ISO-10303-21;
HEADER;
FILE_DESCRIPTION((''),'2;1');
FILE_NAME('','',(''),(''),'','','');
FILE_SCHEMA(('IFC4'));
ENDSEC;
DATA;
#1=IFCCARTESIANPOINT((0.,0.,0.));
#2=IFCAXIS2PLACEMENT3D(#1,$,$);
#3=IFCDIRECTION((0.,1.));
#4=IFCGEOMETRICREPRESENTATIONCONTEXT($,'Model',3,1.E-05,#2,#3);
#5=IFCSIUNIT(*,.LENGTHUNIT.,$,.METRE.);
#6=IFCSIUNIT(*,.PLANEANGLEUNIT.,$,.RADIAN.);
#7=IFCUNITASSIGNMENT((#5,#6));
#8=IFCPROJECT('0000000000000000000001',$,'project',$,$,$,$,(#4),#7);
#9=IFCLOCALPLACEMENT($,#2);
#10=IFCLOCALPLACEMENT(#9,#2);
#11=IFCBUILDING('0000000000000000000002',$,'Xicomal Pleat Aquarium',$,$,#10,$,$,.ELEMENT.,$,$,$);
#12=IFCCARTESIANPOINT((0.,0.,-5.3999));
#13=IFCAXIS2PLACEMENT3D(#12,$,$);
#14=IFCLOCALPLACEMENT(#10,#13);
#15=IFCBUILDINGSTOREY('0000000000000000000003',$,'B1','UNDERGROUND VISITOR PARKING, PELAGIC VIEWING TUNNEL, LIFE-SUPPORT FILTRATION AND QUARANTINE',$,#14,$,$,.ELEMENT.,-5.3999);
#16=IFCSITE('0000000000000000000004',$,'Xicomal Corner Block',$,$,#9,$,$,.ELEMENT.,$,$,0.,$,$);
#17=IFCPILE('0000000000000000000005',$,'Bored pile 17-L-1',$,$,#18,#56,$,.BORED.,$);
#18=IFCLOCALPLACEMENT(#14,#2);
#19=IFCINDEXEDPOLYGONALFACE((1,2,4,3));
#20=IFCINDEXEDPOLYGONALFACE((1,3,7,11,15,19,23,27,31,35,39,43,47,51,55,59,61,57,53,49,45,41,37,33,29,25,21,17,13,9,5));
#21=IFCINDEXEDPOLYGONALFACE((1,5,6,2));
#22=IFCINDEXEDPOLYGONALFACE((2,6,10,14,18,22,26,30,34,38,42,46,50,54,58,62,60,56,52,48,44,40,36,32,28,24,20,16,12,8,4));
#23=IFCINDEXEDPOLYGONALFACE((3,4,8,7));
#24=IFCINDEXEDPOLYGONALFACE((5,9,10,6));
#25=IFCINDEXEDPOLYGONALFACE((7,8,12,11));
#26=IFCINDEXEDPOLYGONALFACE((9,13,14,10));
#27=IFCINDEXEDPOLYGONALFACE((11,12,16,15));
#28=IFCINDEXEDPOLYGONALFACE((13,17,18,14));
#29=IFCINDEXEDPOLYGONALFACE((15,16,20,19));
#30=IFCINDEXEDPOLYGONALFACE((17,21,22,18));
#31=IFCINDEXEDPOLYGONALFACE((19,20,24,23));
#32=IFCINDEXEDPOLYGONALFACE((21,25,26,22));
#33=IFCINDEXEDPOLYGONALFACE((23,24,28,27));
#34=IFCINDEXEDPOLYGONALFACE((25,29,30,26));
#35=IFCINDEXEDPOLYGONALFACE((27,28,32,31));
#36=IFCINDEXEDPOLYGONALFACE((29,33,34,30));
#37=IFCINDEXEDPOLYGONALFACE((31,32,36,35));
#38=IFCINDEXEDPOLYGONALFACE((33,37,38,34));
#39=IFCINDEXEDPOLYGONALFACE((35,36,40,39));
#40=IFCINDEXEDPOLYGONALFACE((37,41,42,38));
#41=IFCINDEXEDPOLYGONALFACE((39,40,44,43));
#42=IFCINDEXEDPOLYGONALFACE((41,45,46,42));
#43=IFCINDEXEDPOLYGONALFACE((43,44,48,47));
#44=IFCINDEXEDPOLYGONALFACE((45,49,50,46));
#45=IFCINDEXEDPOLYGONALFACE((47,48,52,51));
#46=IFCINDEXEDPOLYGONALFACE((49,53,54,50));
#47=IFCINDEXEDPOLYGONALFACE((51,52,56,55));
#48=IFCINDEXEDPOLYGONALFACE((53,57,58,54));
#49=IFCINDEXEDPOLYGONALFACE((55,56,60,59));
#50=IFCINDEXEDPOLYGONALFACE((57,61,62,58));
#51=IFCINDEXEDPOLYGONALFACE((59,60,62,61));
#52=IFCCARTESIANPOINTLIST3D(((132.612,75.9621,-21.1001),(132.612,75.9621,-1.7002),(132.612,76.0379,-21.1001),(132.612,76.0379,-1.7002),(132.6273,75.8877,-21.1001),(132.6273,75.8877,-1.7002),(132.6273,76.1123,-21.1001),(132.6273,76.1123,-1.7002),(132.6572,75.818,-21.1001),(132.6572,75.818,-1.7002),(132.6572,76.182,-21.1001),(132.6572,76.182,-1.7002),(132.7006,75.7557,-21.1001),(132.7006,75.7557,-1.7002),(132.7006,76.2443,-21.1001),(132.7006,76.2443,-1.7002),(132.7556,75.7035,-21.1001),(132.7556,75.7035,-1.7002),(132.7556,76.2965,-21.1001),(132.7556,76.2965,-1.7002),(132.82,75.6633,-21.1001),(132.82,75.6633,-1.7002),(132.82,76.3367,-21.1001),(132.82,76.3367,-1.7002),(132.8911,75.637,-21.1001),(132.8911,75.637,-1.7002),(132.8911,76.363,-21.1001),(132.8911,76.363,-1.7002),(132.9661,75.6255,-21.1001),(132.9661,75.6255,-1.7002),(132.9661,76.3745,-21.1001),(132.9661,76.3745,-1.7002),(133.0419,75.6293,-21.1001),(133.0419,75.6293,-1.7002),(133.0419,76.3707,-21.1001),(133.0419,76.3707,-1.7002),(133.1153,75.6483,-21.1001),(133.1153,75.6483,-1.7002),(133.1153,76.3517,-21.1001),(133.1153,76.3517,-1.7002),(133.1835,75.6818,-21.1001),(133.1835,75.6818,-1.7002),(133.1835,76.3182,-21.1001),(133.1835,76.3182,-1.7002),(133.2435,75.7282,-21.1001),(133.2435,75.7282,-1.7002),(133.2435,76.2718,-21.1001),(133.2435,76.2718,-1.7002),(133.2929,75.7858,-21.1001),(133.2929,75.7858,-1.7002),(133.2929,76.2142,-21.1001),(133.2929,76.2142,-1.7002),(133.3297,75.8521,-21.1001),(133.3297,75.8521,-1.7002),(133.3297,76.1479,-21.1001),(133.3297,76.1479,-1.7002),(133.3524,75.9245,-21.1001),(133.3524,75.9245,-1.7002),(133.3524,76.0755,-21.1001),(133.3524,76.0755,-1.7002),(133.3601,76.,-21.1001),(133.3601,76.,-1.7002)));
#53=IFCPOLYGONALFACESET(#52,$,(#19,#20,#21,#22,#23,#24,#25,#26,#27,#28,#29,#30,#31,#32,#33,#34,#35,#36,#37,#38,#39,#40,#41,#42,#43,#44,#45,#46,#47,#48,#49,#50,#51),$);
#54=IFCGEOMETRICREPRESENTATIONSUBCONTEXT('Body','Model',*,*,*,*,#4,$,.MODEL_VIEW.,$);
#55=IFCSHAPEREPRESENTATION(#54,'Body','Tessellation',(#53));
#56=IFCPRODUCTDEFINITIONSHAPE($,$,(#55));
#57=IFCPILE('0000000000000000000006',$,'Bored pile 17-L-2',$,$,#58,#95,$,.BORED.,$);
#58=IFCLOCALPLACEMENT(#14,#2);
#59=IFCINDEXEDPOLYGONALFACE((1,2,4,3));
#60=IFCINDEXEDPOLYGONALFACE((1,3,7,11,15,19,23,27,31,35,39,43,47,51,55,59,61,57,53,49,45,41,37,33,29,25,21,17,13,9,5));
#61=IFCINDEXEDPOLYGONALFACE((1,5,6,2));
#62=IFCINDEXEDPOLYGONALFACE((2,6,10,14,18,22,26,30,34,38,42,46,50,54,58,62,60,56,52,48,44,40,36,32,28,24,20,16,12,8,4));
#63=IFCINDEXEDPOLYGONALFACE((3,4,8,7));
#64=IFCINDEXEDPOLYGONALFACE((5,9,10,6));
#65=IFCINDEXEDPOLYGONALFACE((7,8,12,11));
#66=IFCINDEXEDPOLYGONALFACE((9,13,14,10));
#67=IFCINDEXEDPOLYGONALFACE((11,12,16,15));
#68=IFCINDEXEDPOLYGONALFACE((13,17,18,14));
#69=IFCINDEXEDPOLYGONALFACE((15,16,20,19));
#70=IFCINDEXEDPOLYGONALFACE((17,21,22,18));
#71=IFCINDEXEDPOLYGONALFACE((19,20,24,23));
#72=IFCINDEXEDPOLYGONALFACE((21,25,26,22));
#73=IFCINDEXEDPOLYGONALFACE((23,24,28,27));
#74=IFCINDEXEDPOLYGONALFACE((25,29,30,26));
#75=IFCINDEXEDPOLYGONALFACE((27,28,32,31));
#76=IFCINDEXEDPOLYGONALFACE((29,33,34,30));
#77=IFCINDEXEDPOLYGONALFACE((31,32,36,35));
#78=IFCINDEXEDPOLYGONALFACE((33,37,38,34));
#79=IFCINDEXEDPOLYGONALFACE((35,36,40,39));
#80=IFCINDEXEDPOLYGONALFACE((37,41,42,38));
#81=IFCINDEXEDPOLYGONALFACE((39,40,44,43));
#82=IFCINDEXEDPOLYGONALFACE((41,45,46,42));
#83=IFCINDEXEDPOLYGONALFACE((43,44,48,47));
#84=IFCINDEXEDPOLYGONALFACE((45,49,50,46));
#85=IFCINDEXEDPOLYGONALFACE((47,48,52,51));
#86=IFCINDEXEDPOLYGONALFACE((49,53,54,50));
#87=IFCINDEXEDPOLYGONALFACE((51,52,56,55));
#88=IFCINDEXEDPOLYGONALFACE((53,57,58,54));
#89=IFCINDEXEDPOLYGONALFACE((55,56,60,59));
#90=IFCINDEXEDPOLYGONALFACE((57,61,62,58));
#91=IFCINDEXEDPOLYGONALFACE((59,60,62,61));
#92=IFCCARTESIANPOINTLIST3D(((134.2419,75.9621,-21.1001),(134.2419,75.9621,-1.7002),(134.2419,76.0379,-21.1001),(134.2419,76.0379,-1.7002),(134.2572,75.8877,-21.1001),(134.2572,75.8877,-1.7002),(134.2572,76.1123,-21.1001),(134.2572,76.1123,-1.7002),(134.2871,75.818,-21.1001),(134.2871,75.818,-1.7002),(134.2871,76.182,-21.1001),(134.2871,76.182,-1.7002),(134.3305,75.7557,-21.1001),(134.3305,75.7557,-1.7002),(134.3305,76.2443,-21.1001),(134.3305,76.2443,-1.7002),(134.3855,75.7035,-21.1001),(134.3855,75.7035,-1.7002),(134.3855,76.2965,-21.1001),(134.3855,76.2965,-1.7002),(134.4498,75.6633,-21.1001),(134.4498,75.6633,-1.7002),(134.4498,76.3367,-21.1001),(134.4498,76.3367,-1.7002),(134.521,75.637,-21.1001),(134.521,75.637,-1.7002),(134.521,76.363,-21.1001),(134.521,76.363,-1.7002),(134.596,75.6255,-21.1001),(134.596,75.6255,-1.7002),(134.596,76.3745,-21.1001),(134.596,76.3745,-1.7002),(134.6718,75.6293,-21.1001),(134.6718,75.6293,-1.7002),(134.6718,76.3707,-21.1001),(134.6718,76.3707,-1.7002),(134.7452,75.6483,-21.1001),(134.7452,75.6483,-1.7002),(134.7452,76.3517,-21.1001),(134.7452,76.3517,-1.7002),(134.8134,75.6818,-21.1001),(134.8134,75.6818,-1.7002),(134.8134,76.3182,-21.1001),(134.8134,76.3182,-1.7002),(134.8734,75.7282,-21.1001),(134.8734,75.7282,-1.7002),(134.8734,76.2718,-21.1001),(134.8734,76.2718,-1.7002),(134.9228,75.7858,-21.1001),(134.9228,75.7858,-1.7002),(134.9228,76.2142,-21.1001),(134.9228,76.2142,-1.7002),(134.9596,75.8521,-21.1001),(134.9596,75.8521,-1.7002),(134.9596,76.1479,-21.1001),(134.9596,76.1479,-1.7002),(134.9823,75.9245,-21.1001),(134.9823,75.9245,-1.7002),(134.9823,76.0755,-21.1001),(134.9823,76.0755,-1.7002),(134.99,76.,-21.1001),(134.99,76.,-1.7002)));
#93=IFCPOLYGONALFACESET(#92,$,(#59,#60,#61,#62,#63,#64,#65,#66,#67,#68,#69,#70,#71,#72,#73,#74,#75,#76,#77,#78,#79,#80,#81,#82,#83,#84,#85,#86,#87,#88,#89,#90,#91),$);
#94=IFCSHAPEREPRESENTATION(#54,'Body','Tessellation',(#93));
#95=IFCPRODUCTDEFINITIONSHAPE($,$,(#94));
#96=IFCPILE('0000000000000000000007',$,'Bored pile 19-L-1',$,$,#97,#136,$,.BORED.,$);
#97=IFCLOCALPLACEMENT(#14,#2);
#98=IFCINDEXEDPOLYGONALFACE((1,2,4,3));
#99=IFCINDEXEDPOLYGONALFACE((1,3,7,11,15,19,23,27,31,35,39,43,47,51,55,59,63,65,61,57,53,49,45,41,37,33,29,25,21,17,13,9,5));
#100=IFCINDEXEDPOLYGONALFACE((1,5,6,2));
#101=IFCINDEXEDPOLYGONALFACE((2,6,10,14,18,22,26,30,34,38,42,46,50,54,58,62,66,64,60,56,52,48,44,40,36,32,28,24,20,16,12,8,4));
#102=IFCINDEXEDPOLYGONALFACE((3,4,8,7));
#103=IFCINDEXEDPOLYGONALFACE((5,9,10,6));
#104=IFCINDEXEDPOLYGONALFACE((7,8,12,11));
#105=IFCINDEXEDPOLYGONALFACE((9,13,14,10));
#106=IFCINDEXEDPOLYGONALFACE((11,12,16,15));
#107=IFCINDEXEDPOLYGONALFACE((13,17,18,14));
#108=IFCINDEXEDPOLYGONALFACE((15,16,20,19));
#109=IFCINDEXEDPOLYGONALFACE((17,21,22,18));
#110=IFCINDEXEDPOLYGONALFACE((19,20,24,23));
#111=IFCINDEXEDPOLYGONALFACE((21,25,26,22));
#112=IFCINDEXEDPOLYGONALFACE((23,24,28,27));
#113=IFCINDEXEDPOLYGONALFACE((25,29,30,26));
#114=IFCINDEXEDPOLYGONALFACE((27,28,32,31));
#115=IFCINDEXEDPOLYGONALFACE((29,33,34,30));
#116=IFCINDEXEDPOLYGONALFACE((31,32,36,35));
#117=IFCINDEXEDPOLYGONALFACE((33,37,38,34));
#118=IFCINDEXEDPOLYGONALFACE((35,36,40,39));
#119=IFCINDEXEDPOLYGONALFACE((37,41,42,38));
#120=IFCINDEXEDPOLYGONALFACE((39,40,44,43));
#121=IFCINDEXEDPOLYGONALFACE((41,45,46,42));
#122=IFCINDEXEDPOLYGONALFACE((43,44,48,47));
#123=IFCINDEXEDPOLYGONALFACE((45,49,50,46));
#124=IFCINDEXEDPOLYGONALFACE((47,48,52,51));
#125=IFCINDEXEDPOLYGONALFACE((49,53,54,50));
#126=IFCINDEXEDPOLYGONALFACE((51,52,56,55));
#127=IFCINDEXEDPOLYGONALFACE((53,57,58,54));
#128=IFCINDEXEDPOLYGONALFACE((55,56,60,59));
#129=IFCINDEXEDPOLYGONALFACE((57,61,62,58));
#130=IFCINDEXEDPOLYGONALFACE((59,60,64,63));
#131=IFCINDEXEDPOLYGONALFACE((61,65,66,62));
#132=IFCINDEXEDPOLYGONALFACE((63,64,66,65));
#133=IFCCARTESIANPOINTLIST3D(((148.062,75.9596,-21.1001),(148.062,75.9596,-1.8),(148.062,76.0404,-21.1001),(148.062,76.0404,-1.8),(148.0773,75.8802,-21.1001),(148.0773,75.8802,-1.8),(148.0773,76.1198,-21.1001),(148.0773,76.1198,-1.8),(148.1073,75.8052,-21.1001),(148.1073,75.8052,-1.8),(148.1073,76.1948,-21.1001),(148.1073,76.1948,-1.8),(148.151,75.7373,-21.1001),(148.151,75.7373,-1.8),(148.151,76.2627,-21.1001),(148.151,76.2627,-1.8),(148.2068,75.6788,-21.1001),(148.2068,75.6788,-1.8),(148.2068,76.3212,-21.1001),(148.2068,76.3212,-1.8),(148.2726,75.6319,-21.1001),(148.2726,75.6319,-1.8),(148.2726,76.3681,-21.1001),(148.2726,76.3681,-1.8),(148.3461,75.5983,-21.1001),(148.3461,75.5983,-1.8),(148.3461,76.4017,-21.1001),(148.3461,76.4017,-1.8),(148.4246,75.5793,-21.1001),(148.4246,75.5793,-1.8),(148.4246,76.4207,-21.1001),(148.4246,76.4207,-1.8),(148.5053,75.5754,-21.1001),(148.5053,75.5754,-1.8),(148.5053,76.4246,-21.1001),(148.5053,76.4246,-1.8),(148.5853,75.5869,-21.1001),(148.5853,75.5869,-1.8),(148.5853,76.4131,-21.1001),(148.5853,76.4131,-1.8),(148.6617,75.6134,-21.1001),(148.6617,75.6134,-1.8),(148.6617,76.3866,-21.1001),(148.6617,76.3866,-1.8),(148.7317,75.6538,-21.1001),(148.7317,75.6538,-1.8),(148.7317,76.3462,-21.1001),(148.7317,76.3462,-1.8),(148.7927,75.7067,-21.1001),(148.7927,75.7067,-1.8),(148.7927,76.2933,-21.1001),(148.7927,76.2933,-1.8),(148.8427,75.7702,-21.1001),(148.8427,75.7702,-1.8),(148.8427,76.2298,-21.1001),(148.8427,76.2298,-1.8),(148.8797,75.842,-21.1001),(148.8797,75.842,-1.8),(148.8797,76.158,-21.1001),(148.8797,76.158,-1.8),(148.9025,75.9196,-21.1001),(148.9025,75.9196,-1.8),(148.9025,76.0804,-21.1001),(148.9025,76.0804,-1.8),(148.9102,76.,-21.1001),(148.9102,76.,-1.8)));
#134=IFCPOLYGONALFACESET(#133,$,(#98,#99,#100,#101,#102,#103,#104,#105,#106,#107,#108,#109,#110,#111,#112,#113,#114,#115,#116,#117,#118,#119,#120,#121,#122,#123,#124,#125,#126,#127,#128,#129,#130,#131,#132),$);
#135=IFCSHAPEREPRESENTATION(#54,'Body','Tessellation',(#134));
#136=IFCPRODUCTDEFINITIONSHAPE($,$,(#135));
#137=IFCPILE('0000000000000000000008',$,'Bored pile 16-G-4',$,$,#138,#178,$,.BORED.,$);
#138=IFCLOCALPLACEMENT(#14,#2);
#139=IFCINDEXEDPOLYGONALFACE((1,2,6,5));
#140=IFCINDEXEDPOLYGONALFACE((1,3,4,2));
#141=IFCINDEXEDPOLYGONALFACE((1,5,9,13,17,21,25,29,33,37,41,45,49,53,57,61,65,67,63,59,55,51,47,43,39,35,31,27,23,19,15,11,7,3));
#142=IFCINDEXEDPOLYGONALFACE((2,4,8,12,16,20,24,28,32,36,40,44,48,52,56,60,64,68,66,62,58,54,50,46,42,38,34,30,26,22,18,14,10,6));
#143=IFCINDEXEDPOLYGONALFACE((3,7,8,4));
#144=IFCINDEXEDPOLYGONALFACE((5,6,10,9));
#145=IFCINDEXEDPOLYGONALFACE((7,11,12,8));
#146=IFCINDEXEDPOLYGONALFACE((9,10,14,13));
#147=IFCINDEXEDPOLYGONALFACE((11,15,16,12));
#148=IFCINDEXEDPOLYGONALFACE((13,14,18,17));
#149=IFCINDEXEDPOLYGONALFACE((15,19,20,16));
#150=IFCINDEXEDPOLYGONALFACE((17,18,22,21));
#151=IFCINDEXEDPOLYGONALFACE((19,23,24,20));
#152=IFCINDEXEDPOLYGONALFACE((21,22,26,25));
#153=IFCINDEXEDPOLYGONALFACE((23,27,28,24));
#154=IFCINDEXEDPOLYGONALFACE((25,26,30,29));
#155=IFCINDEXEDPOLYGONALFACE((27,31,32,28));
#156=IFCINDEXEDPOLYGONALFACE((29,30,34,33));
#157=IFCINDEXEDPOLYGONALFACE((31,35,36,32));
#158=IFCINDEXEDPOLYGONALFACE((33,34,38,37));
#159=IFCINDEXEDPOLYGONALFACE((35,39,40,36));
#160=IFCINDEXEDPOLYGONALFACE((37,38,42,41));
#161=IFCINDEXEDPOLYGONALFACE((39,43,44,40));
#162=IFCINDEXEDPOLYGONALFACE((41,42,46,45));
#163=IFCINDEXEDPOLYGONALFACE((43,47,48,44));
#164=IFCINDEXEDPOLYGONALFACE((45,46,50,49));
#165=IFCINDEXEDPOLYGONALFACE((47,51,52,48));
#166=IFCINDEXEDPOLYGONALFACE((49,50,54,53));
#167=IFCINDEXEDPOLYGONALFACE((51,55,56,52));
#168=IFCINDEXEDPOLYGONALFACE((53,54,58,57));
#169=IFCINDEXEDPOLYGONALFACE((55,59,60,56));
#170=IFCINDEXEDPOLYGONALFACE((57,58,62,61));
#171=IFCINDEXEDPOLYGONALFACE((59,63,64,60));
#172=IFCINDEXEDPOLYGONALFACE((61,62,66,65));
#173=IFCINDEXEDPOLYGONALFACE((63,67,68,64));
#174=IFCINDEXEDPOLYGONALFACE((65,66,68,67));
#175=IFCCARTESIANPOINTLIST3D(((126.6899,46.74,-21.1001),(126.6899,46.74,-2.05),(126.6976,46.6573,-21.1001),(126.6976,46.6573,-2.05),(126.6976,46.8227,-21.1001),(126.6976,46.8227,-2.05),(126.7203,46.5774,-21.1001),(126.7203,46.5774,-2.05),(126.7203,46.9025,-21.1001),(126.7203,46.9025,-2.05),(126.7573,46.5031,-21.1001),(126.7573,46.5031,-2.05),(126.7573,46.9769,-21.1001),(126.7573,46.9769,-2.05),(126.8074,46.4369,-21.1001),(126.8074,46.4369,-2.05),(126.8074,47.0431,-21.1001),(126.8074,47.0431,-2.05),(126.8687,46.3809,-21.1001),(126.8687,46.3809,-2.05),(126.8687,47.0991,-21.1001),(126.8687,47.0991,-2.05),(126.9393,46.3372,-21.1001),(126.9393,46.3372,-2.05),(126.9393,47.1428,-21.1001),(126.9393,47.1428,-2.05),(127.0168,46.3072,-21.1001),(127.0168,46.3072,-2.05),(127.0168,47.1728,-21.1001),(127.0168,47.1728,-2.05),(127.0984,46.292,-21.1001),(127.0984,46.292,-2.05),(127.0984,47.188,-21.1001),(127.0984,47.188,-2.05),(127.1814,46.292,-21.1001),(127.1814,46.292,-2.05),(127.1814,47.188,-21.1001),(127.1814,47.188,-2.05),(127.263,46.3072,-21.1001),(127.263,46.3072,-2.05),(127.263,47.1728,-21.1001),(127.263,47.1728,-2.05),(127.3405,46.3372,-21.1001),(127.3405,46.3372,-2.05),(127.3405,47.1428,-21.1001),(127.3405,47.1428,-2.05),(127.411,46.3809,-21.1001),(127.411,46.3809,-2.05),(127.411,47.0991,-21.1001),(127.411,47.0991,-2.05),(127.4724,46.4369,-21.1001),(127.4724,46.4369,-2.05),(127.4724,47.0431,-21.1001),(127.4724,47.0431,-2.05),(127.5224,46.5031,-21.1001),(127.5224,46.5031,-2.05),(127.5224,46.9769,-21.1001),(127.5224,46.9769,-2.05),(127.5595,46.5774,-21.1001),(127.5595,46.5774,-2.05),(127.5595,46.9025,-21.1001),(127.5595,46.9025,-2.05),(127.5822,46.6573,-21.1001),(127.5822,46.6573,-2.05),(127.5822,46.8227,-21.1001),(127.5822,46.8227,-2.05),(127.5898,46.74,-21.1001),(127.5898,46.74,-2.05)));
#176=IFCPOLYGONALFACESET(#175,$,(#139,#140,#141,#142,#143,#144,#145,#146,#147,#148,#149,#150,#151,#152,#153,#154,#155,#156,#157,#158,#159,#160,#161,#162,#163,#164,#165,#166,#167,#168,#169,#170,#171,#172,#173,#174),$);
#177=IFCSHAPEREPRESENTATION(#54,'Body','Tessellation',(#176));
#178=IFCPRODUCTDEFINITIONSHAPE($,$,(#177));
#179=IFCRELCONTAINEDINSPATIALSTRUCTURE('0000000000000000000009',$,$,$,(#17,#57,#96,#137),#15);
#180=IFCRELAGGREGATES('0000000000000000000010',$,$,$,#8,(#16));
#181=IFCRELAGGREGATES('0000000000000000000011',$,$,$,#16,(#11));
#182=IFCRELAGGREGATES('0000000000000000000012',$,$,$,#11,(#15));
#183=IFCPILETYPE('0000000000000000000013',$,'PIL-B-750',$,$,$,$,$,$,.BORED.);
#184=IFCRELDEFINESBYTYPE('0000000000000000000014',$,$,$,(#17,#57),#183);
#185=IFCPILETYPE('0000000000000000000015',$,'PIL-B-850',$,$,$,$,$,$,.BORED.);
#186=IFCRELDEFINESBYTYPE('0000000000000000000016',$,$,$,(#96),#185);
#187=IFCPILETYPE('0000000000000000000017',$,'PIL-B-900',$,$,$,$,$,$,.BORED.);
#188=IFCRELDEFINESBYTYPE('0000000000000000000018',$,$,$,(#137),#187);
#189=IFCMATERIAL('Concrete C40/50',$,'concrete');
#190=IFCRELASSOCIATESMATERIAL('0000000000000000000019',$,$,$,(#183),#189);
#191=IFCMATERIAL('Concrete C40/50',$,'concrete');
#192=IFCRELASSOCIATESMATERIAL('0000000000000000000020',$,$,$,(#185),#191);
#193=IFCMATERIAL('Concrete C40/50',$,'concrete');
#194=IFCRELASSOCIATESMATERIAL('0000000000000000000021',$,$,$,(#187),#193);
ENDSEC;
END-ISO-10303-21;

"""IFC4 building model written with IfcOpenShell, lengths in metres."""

from ifc_helpers import new_model, si_unit, direction, frame, origin, origin_2d, place, context, subcontext, project, spatial, circle, extrude, material, material_profile, profile_set, type_object, element, save


model = new_model("IFC4")

# Units and contexts
model_context = context("Model", 3, precision=1e-05, world=origin(), true_north=direction((0.0, 1.0)))
body_context = subcontext(model_context, "Body", "Model", "MODEL_VIEW")
ifc_project = project(units=[si_unit("LENGTHUNIT", "METRE"), si_unit("PLANEANGLEUNIT", "RADIAN")], contexts=[model_context])

# Site, building, storey
site_placement = place(None, origin())
site = spatial("IfcSite", under=ifc_project, at=site_placement, Name="Xicomal Corner Block", CompositionType="ELEMENT", RefElevation=0.0)
building_placement = place(site_placement, origin())
building = spatial("IfcBuilding", under=site, at=building_placement, Name="Xicomal Pleat Aquarium", CompositionType="ELEMENT")
storey_placement = place(building_placement, frame((0.0, 0.0, -5.3999)))
storey = spatial("IfcBuildingStorey", under=building, at=storey_placement, Name="B1", Description="UNDERGROUND VISITOR PARKING, PELAGIC VIEWING TUNNEL, LIFE-SUPPORT FILTRATION AND QUARANTINE", CompositionType="ELEMENT", Elevation=-5.3999)

# Piles
ifc_material_1 = material(Name="Concrete C40/50", Category="concrete")
ifc_material_profile_1 = material_profile(ifc_material_1, circle(Radius=0.375, at=origin_2d()), Name="BORED PILE D750")
ifc_profile_set_1 = profile_set([ifc_material_profile_1], Name="Concrete C40/50")
pile_type_1 = type_object("IfcPileType", Name="PIL-B-750", PredefinedType="BORED", material=ifc_profile_set_1)
for number, where, z_axis, x_axis, name in (
    (1, (132.9851, 76.0, -1.7002), (0.0, 0.0, -1.0), (1.0, 0.0, 0.0), "Bored pile 17-L-1"),
    (2, (134.615, 76.0, -1.7002), (0.0, 0.0, -1.0), (1.0, 0.0, 0.0), "Bored pile 17-L-2"),
):
    element("IfcPile", number, at=place(storey_placement, frame(where, z_axis=z_axis, x_axis=x_axis)), inside=storey, type_object=pile_type_1, Name=name, PredefinedType="BORED", context=body_context, shape_type="SweptSolid", body=[
        extrude(circle(Radius=0.375, at=origin_2d()), origin(), (0.0, 0.0, 1.0), 19.3999),
    ])
ifc_material_2 = material(Name="Concrete C40/50", Category="concrete")
ifc_material_profile_2 = material_profile(ifc_material_2, circle(Radius=0.425, at=origin_2d()), Name="BORED PILE D850")
ifc_profile_set_2 = profile_set([ifc_material_profile_2], Name="Concrete C40/50")
pile_type_2 = type_object("IfcPileType", Name="PIL-B-850", PredefinedType="BORED", material=ifc_profile_set_2)
pile_1_placement = place(storey_placement, frame((148.4851, 76.0, -1.8), z_axis=(0.0, 0.0, -1.0), x_axis=(1.0, 0.0, 0.0)))
element("IfcPile", 3, at=pile_1_placement, inside=storey, type_object=pile_type_2, Name="Bored pile 19-L-1", PredefinedType="BORED", context=body_context, shape_type="SweptSolid", body=[
    extrude(circle(Radius=0.425, at=origin_2d()), origin(), (0.0, 0.0, 1.0), 19.3),
])
ifc_material_3 = material(Name="Concrete C40/50", Category="concrete")
ifc_material_profile_3 = material_profile(ifc_material_3, circle(Radius=0.45, at=origin_2d()), Name="BORED PILE D900")
ifc_profile_set_3 = profile_set([ifc_material_profile_3], Name="Concrete C40/50")
pile_type_3 = type_object("IfcPileType", Name="PIL-B-900", PredefinedType="BORED", material=ifc_profile_set_3)
pile_2_placement = place(storey_placement, frame((127.1399, 46.74, -2.05), z_axis=(0.0, 0.0, -1.0), x_axis=(1.0, 0.0, 0.0)))
element("IfcPile", 4, at=pile_2_placement, inside=storey, type_object=pile_type_3, Name="Bored pile 16-G-4", PredefinedType="BORED", context=body_context, shape_type="SweptSolid", body=[
    extrude(circle(Radius=0.45, at=origin_2d()), origin(), (0.0, 0.0, 1.0), 19.05),
])

save(model, "model.ifc")
